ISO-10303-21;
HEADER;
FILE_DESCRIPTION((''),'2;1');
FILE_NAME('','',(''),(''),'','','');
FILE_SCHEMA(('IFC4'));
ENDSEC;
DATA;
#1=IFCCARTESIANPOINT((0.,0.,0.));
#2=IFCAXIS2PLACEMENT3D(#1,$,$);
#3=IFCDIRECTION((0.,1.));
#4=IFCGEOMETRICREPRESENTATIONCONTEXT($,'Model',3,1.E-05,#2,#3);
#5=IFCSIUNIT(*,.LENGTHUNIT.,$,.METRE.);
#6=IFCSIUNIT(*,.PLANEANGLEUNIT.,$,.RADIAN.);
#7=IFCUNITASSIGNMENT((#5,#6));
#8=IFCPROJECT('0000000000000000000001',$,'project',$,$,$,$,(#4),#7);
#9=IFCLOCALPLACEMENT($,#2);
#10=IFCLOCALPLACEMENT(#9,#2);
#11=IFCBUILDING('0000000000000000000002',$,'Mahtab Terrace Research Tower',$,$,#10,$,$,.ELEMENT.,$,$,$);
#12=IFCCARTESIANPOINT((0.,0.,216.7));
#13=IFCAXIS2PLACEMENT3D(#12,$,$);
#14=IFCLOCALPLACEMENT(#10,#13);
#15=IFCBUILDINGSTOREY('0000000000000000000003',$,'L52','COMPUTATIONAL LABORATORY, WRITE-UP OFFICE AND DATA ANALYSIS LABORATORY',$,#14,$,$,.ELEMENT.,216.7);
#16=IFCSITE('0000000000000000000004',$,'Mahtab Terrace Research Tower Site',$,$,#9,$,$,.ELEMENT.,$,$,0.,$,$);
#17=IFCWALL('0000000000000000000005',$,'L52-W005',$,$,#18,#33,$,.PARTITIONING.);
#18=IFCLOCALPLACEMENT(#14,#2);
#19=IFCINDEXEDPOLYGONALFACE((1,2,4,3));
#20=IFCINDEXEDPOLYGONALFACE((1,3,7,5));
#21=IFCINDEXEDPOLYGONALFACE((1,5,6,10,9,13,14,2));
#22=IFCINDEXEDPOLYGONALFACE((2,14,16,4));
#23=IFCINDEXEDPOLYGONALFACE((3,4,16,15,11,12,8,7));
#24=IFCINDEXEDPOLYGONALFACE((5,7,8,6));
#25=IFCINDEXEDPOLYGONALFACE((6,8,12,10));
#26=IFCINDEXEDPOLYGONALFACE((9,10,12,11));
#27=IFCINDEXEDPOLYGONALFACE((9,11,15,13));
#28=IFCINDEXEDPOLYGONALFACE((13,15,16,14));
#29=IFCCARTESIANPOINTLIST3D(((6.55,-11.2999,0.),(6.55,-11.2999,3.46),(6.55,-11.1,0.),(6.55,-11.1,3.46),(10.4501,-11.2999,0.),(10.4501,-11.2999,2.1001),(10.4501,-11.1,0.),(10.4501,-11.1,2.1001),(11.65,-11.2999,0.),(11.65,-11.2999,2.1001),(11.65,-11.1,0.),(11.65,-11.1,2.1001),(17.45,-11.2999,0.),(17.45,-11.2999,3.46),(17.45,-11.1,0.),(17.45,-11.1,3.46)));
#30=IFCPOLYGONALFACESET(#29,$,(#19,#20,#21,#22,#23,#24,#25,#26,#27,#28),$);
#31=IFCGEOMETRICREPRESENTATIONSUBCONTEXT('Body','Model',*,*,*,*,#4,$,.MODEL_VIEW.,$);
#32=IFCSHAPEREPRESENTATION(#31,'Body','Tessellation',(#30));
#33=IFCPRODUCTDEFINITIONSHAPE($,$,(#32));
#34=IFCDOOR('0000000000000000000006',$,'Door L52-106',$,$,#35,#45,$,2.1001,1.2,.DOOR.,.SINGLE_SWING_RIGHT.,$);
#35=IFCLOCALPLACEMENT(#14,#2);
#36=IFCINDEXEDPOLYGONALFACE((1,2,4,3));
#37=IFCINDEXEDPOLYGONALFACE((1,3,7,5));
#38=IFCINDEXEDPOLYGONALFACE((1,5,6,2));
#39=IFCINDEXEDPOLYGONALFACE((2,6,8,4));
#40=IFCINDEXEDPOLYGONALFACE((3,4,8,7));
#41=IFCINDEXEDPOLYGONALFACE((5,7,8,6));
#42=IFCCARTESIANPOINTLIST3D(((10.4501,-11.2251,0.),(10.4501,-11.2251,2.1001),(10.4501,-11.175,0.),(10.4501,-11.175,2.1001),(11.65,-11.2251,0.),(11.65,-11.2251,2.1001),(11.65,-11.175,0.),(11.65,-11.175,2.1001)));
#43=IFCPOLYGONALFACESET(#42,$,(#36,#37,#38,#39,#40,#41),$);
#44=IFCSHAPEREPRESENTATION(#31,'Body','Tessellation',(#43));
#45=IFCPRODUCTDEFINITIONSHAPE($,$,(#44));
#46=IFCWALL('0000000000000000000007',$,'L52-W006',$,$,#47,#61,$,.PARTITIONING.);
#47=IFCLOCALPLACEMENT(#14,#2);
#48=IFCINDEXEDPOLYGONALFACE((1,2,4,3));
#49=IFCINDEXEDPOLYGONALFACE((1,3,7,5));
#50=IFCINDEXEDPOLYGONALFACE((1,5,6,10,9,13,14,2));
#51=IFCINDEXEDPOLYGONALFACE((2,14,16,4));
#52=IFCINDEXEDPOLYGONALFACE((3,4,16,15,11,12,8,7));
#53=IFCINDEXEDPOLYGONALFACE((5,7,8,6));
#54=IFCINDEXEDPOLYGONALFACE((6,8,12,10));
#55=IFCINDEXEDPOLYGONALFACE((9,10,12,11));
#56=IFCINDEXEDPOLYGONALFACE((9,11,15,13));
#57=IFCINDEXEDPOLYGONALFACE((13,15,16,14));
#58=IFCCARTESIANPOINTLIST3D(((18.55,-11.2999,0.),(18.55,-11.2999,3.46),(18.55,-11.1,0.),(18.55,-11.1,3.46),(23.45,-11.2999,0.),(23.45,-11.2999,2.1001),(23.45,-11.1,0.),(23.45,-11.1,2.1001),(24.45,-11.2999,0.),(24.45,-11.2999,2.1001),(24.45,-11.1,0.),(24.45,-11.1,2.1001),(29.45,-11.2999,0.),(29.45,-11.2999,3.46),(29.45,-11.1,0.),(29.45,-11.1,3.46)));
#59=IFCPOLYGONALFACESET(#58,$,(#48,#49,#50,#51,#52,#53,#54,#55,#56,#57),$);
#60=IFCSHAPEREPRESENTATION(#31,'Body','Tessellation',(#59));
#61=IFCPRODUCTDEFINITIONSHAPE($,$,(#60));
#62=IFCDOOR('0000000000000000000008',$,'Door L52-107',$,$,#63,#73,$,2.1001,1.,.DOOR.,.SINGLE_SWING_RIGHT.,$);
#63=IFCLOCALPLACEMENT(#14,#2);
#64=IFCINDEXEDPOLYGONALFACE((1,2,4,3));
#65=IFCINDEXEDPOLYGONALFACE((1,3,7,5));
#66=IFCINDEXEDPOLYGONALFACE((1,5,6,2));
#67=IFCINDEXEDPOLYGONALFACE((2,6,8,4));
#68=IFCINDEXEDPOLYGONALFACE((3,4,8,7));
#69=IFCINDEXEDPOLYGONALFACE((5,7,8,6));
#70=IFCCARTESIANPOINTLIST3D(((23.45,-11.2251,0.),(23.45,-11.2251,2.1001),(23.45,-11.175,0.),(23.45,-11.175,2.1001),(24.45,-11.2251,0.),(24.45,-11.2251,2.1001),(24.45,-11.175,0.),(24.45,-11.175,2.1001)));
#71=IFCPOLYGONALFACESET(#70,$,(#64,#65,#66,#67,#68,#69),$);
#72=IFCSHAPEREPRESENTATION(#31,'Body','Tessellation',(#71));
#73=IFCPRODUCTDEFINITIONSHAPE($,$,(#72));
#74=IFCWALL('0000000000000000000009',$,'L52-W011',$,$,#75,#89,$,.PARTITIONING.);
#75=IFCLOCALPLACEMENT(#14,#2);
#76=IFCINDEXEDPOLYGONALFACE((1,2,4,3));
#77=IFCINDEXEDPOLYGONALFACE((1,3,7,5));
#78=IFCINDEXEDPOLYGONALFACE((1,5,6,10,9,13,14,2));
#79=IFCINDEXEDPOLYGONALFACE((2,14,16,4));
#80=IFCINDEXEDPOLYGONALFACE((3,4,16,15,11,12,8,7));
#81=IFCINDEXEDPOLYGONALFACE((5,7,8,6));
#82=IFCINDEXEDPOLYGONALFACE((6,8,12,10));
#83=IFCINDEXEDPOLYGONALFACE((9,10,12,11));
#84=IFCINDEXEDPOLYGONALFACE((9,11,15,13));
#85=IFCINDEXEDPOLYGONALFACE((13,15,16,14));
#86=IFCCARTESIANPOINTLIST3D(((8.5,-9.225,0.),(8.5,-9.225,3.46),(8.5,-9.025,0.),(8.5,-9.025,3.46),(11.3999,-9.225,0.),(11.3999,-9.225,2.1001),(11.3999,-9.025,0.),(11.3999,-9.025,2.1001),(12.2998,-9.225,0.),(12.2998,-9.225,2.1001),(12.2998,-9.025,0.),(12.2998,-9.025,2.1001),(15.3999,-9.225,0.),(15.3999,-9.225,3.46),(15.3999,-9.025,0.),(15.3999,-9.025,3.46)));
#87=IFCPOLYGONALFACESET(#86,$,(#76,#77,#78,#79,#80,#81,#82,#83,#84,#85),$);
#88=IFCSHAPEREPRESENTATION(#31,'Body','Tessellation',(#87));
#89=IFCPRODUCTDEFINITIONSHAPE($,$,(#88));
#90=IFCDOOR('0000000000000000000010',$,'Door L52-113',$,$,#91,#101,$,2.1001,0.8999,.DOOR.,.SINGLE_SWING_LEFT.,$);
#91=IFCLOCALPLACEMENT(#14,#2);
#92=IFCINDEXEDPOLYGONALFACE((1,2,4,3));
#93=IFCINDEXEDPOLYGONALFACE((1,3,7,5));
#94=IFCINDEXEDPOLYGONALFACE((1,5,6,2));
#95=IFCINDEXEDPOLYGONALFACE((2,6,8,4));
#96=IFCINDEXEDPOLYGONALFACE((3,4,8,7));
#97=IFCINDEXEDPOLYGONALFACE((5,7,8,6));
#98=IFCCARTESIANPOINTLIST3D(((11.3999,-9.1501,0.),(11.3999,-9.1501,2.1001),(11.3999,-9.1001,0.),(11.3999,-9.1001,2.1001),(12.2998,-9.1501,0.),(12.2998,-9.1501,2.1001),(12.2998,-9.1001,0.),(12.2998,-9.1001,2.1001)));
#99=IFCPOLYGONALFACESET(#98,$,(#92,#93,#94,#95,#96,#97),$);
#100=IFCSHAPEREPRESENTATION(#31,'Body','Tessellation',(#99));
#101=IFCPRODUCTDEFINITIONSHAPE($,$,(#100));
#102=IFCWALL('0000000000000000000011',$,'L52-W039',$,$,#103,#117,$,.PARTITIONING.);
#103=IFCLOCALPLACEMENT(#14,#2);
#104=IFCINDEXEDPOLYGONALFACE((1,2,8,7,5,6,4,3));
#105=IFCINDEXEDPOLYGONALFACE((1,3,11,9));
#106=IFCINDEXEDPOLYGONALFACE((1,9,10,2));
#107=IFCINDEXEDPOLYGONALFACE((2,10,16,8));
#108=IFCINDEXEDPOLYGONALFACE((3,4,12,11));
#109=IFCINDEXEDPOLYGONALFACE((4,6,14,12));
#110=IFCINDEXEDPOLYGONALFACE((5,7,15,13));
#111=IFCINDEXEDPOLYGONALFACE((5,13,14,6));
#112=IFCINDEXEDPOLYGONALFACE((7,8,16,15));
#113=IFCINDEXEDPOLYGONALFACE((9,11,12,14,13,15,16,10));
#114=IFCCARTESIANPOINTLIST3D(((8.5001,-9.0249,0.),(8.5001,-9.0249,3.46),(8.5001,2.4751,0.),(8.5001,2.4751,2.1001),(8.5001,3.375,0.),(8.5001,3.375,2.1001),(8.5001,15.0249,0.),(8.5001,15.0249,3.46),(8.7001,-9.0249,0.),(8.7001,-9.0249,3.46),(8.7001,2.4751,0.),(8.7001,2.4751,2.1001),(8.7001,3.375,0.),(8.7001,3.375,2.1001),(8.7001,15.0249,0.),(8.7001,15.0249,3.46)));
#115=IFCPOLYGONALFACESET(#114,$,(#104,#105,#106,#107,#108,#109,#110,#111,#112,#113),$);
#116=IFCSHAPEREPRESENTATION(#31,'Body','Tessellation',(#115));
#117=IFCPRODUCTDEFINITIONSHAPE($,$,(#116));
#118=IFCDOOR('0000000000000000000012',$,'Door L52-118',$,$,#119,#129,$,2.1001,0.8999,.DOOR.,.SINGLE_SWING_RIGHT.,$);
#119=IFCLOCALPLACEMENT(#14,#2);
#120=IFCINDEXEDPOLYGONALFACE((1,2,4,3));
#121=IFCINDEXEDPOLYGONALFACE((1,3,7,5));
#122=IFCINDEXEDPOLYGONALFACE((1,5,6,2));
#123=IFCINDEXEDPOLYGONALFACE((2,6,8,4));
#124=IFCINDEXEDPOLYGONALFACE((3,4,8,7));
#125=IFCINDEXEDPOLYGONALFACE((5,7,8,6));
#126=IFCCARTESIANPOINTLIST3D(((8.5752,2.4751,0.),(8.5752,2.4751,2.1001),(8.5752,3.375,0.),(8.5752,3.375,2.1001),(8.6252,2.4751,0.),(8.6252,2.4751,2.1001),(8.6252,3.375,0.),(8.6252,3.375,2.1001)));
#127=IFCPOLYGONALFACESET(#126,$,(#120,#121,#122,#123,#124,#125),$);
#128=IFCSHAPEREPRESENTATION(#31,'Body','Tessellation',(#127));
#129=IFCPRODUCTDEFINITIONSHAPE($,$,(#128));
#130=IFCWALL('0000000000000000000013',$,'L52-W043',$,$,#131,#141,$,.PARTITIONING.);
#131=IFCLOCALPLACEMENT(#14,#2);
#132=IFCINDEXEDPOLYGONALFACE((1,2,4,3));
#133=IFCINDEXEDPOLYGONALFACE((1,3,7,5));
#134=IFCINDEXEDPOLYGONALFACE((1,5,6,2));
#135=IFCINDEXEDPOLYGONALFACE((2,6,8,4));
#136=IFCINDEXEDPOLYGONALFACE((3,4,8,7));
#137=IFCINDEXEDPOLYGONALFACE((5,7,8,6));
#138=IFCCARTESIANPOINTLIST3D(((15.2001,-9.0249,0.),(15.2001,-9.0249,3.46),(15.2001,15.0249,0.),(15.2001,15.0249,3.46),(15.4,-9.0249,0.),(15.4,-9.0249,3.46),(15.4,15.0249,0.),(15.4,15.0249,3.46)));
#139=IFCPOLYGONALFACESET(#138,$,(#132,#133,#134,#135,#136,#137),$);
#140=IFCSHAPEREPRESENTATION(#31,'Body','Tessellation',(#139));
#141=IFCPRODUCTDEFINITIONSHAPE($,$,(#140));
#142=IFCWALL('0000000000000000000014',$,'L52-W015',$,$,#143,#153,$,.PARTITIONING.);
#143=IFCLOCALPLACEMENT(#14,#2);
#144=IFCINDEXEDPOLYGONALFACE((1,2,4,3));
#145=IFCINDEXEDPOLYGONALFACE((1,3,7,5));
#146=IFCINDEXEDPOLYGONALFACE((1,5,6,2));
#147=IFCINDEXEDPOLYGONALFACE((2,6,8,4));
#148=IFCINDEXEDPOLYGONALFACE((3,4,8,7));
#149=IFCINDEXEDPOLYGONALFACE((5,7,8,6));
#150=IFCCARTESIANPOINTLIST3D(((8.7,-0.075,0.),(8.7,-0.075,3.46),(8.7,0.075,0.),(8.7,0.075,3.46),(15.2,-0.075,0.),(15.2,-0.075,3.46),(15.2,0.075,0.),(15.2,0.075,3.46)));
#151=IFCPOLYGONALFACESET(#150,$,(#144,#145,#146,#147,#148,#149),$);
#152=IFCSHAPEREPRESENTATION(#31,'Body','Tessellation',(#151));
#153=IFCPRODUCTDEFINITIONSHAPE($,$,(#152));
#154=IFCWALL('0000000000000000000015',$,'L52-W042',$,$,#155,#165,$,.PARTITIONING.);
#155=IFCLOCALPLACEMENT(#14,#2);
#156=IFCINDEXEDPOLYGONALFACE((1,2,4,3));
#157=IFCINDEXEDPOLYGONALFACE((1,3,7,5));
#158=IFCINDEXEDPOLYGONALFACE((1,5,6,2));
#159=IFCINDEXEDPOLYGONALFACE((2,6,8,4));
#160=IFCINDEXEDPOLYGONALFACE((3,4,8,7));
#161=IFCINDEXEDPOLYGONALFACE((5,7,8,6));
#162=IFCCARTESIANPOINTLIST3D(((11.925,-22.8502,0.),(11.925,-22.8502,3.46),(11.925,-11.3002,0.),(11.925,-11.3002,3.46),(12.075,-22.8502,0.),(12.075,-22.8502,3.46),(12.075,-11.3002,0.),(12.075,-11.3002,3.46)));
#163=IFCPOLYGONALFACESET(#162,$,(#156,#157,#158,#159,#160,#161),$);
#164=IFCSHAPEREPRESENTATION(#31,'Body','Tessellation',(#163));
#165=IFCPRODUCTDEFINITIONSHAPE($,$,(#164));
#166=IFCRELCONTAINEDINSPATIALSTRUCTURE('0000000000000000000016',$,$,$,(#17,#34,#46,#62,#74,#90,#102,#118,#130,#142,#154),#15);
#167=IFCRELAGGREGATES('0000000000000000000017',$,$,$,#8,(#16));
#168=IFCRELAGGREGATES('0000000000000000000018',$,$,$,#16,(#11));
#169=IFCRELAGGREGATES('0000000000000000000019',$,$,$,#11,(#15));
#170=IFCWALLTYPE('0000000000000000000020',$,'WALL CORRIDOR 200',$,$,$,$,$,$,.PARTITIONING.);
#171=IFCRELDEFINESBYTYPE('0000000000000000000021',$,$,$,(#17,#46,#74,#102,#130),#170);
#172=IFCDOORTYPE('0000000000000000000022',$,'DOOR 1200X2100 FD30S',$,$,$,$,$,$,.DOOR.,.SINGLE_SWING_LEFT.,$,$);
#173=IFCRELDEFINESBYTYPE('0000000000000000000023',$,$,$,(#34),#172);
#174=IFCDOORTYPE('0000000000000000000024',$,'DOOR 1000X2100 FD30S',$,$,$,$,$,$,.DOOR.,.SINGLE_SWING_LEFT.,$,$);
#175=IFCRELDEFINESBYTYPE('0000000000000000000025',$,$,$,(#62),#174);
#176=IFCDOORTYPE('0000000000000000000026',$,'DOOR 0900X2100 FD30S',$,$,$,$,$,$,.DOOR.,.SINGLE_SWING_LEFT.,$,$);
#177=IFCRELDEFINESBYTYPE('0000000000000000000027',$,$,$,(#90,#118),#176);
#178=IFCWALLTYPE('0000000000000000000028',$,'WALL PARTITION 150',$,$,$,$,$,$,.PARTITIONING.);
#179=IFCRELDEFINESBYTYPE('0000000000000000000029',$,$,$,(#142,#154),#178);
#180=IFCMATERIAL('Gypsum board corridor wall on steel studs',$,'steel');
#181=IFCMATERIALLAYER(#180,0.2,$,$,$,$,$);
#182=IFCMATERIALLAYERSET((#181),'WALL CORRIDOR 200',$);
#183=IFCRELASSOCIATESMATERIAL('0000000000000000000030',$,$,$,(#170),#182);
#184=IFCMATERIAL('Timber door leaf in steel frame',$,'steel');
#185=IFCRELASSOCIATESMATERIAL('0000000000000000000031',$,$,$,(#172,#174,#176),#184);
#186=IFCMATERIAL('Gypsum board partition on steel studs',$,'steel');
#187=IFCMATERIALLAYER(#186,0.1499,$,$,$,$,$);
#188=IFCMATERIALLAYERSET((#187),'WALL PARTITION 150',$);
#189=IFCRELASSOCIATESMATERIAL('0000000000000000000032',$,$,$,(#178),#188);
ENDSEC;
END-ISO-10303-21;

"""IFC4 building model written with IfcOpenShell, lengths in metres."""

from ifc_helpers import new_model, si_unit, direction, frame, frame_2d, origin, place, context, subcontext, project, spatial, rectangle, extrude, material, layer, layer_set, type_object, element, fill, save


model = new_model("IFC4")

# Units and contexts
model_context = context("Model", 3, precision=1e-05, world=origin(), true_north=direction((0.0, 1.0)))
body_context = subcontext(model_context, "Body", "Model", "MODEL_VIEW")
ifc_project = project(units=[si_unit("LENGTHUNIT", "METRE"), si_unit("PLANEANGLEUNIT", "RADIAN")], contexts=[model_context])

# Site, building, storey
site_placement = place(None, origin())
site = spatial("IfcSite", under=ifc_project, at=site_placement, Name="Mahtab Terrace Research Tower Site", CompositionType="ELEMENT", RefElevation=0.0)
building_placement = place(site_placement, origin())
building = spatial("IfcBuilding", under=site, at=building_placement, Name="Mahtab Terrace Research Tower", CompositionType="ELEMENT")
storey_placement = place(building_placement, frame((0.0, 0.0, 216.7)))
storey = spatial("IfcBuildingStorey", under=building, at=storey_placement, Name="L52", Description="COMPUTATIONAL LABORATORY, WRITE-UP OFFICE AND DATA ANALYSIS LABORATORY", CompositionType="ELEMENT", Elevation=216.7)

# Walls, openings, doors
ifc_material_1 = material(Name="Gypsum board corridor wall on steel studs", Category="steel")
ifc_layer_1 = layer(ifc_material_1, 0.2)
ifc_layer_set_1 = layer_set([ifc_layer_1], Name="WALL CORRIDOR 200")
wall_type_1 = type_object("IfcWallType", Name="WALL CORRIDOR 200", PredefinedType="PARTITIONING", material=ifc_layer_set_1)
wall_1_placement = place(storey_placement, frame((6.55, -11.2, 0.0), z_axis=(0.0, 0.0, 1.0), x_axis=(1.0, 0.0, 0.0)))
wall_1 = element("IfcWall", 1, at=wall_1_placement, inside=storey, type_object=wall_type_1, Name="L52-W005", PredefinedType="PARTITIONING", context=body_context, shape_type="SweptSolid", body=[
    extrude(rectangle(XDim=10.8999, YDim=0.2, at=frame_2d((5.45, 0.0))), origin(), (0.0, 0.0, 1.0), 3.46),
])
opening_1_placement = place(wall_1_placement, frame((3.8999, 0.0, 0.0)))
opening_1 = element("IfcOpeningElement", 2, at=opening_1_placement, cuts=wall_1, PredefinedType="OPENING", context=body_context, shape_type="SweptSolid", body=[
    extrude(rectangle(XDim=1.2, YDim=2.1001, at=frame_2d((0.6001, 1.05))), frame((0.0, 0.1099, 0.0), z_axis=(0.0, -1.0, 0.0), x_axis=(1.0, 0.0, 0.0)), (0.0, 0.0, 1.0), 0.22),
])
ifc_material_2 = material(Name="Timber door leaf in steel frame", Category="steel")
door_type_1 = type_object("IfcDoorType", Name="DOOR 1200X2100 FD30S", OperationType="SINGLE_SWING_LEFT", PredefinedType="DOOR", material=ifc_material_2)
door_1_placement = place(opening_1_placement, origin())
door_1 = element("IfcDoor", 3, at=door_1_placement, inside=storey, type_object=door_type_1, Name="Door L52-106", OperationType="SINGLE_SWING_RIGHT", OverallHeight=2.1001, OverallWidth=1.2, PredefinedType="DOOR", context=body_context, shape_type="SweptSolid", body=[
    extrude(rectangle(XDim=1.2, YDim=2.1001, at=frame_2d((0.6001, 1.05))), frame((0.0, 0.0249, 0.0), z_axis=(0.0, -1.0, 0.0), x_axis=(1.0, 0.0, 0.0)), (0.0, 0.0, 1.0), 0.05),
])
fill(opening_1, door_1)
wall_2_placement = place(storey_placement, frame((18.55, -11.2, 0.0), z_axis=(0.0, 0.0, 1.0), x_axis=(1.0, 0.0, 0.0)))
wall_2 = element("IfcWall", 4, at=wall_2_placement, inside=storey, type_object=wall_type_1, Name="L52-W006", PredefinedType="PARTITIONING", context=body_context, shape_type="SweptSolid", body=[
    extrude(rectangle(XDim=10.8999, YDim=0.2, at=frame_2d((5.45, 0.0))), origin(), (0.0, 0.0, 1.0), 3.46),
])
opening_2_placement = place(wall_2_placement, frame((4.8999, 0.0, 0.0)))
opening_2 = element("IfcOpeningElement", 5, at=opening_2_placement, cuts=wall_2, PredefinedType="OPENING", context=body_context, shape_type="SweptSolid", body=[
    extrude(rectangle(XDim=1.0, YDim=2.1001, at=frame_2d((0.5, 1.05))), frame((0.0, 0.1099, 0.0), z_axis=(0.0, -1.0, 0.0), x_axis=(1.0, 0.0, 0.0)), (0.0, 0.0, 1.0), 0.22),
])
door_type_2 = type_object("IfcDoorType", Name="DOOR 1000X2100 FD30S", OperationType="SINGLE_SWING_LEFT", PredefinedType="DOOR", material=ifc_material_2)
door_2_placement = place(opening_2_placement, origin())
door_2 = element("IfcDoor", 6, at=door_2_placement, inside=storey, type_object=door_type_2, Name="Door L52-107", OperationType="SINGLE_SWING_RIGHT", OverallHeight=2.1001, OverallWidth=1.0, PredefinedType="DOOR", context=body_context, shape_type="SweptSolid", body=[
    extrude(rectangle(XDim=1.0, YDim=2.1001, at=frame_2d((0.5, 1.05))), frame((0.0, 0.0249, 0.0), z_axis=(0.0, -1.0, 0.0), x_axis=(1.0, 0.0, 0.0)), (0.0, 0.0, 1.0), 0.05),
])
fill(opening_2, door_2)
wall_3_placement = place(storey_placement, frame((8.5, -9.125, 0.0), z_axis=(0.0, 0.0, 1.0), x_axis=(1.0, 0.0, 0.0)))
wall_3 = element("IfcWall", 7, at=wall_3_placement, inside=storey, type_object=wall_type_1, Name="L52-W011", PredefinedType="PARTITIONING", context=body_context, shape_type="SweptSolid", body=[
    extrude(rectangle(XDim=6.8999, YDim=0.2, at=frame_2d((3.45, 0.0))), origin(), (0.0, 0.0, 1.0), 3.46),
])
opening_3_placement = place(wall_3_placement, frame((2.8999, 0.0, 0.0)))
opening_3 = element("IfcOpeningElement", 8, at=opening_3_placement, cuts=wall_3, PredefinedType="OPENING", context=body_context, shape_type="SweptSolid", body=[
    extrude(rectangle(XDim=0.8999, YDim=2.1001, at=frame_2d((0.45, 1.05))), frame((0.0, 0.1099, 0.0), z_axis=(0.0, -1.0, 0.0), x_axis=(1.0, 0.0, 0.0)), (0.0, 0.0, 1.0), 0.22),
])
door_type_3 = type_object("IfcDoorType", Name="DOOR 0900X2100 FD30S", OperationType="SINGLE_SWING_LEFT", PredefinedType="DOOR", material=ifc_material_2)
door_3_placement = place(opening_3_placement, origin())
door_3 = element("IfcDoor", 9, at=door_3_placement, inside=storey, type_object=door_type_3, Name="Door L52-113", OperationType="SINGLE_SWING_LEFT", OverallHeight=2.1001, OverallWidth=0.8999, PredefinedType="DOOR", context=body_context, shape_type="SweptSolid", body=[
    extrude(rectangle(XDim=0.8999, YDim=2.1001, at=frame_2d((0.45, 1.05))), frame((0.0, 0.0249, 0.0), z_axis=(0.0, -1.0, 0.0), x_axis=(1.0, 0.0, 0.0)), (0.0, 0.0, 1.0), 0.05),
])
fill(opening_3, door_3)
wall_4_placement = place(storey_placement, frame((8.6001, -9.0249, 0.0), z_axis=(0.0, 0.0, 1.0), x_axis=(0.0, 1.0, 0.0)))
wall_4 = element("IfcWall", 10, at=wall_4_placement, inside=storey, type_object=wall_type_1, Name="L52-W039", PredefinedType="PARTITIONING", context=body_context, shape_type="SweptSolid", body=[
    extrude(rectangle(XDim=24.0498, YDim=0.2, at=frame_2d((12.0249, 0.0))), origin(), (0.0, 0.0, 1.0), 3.46),
])
opening_4_placement = place(wall_4_placement, frame((11.5, 0.0, 0.0)))
opening_4 = element("IfcOpeningElement", 11, at=opening_4_placement, cuts=wall_4, PredefinedType="OPENING", context=body_context, shape_type="SweptSolid", body=[
    extrude(rectangle(XDim=0.8999, YDim=2.1001, at=frame_2d((0.45, 1.05))), frame((0.0, 0.1099, 0.0), z_axis=(0.0, -1.0, 0.0), x_axis=(1.0, 0.0, 0.0)), (0.0, 0.0, 1.0), 0.22),
])
door_4_placement = place(opening_4_placement, origin())
door_4 = element("IfcDoor", 12, at=door_4_placement, inside=storey, type_object=door_type_3, Name="Door L52-118", OperationType="SINGLE_SWING_RIGHT", OverallHeight=2.1001, OverallWidth=0.8999, PredefinedType="DOOR", context=body_context, shape_type="SweptSolid", body=[
    extrude(rectangle(XDim=0.8999, YDim=2.1001, at=frame_2d((0.45, 1.05))), frame((0.0, 0.0249, 0.0), z_axis=(0.0, -1.0, 0.0), x_axis=(1.0, 0.0, 0.0)), (0.0, 0.0, 1.0), 0.05),
])
fill(opening_4, door_4)

# Walls
wall_5_placement = place(storey_placement, frame((15.3, -9.0249, 0.0), z_axis=(0.0, 0.0, 1.0), x_axis=(0.0, 1.0, 0.0)))
element("IfcWall", 13, at=wall_5_placement, inside=storey, type_object=wall_type_1, Name="L52-W043", PredefinedType="PARTITIONING", context=body_context, shape_type="SweptSolid", body=[
    extrude(rectangle(XDim=24.0498, YDim=0.2, at=frame_2d((12.0249, 0.0))), origin(), (0.0, 0.0, 1.0), 3.46),
])
ifc_material_3 = material(Name="Gypsum board partition on steel studs", Category="steel")
ifc_layer_2 = layer(ifc_material_3, 0.1499)
ifc_layer_set_2 = layer_set([ifc_layer_2], Name="WALL PARTITION 150")
wall_type_2 = type_object("IfcWallType", Name="WALL PARTITION 150", PredefinedType="PARTITIONING", material=ifc_layer_set_2)
wall_6_placement = place(storey_placement, frame((8.7, 0.0, 0.0), z_axis=(0.0, 0.0, 1.0), x_axis=(1.0, 0.0, 0.0)))
element("IfcWall", 14, at=wall_6_placement, inside=storey, type_object=wall_type_2, Name="L52-W015", PredefinedType="PARTITIONING", context=body_context, shape_type="SweptSolid", body=[
    extrude(rectangle(XDim=6.5, YDim=0.1499, at=frame_2d((3.25, 0.0))), origin(), (0.0, 0.0, 1.0), 3.46),
])
wall_7_placement = place(storey_placement, frame((12.0, -22.8501, 0.0), z_axis=(0.0, 0.0, 1.0), x_axis=(0.0, 1.0, 0.0)))
element("IfcWall", 15, at=wall_7_placement, inside=storey, type_object=wall_type_2, Name="L52-W042", PredefinedType="PARTITIONING", context=body_context, shape_type="SweptSolid", body=[
    extrude(rectangle(XDim=11.55, YDim=0.1499, at=frame_2d((5.7749, 0.0))), origin(), (0.0, 0.0, 1.0), 3.46),
])

save(model, "model.ifc")
